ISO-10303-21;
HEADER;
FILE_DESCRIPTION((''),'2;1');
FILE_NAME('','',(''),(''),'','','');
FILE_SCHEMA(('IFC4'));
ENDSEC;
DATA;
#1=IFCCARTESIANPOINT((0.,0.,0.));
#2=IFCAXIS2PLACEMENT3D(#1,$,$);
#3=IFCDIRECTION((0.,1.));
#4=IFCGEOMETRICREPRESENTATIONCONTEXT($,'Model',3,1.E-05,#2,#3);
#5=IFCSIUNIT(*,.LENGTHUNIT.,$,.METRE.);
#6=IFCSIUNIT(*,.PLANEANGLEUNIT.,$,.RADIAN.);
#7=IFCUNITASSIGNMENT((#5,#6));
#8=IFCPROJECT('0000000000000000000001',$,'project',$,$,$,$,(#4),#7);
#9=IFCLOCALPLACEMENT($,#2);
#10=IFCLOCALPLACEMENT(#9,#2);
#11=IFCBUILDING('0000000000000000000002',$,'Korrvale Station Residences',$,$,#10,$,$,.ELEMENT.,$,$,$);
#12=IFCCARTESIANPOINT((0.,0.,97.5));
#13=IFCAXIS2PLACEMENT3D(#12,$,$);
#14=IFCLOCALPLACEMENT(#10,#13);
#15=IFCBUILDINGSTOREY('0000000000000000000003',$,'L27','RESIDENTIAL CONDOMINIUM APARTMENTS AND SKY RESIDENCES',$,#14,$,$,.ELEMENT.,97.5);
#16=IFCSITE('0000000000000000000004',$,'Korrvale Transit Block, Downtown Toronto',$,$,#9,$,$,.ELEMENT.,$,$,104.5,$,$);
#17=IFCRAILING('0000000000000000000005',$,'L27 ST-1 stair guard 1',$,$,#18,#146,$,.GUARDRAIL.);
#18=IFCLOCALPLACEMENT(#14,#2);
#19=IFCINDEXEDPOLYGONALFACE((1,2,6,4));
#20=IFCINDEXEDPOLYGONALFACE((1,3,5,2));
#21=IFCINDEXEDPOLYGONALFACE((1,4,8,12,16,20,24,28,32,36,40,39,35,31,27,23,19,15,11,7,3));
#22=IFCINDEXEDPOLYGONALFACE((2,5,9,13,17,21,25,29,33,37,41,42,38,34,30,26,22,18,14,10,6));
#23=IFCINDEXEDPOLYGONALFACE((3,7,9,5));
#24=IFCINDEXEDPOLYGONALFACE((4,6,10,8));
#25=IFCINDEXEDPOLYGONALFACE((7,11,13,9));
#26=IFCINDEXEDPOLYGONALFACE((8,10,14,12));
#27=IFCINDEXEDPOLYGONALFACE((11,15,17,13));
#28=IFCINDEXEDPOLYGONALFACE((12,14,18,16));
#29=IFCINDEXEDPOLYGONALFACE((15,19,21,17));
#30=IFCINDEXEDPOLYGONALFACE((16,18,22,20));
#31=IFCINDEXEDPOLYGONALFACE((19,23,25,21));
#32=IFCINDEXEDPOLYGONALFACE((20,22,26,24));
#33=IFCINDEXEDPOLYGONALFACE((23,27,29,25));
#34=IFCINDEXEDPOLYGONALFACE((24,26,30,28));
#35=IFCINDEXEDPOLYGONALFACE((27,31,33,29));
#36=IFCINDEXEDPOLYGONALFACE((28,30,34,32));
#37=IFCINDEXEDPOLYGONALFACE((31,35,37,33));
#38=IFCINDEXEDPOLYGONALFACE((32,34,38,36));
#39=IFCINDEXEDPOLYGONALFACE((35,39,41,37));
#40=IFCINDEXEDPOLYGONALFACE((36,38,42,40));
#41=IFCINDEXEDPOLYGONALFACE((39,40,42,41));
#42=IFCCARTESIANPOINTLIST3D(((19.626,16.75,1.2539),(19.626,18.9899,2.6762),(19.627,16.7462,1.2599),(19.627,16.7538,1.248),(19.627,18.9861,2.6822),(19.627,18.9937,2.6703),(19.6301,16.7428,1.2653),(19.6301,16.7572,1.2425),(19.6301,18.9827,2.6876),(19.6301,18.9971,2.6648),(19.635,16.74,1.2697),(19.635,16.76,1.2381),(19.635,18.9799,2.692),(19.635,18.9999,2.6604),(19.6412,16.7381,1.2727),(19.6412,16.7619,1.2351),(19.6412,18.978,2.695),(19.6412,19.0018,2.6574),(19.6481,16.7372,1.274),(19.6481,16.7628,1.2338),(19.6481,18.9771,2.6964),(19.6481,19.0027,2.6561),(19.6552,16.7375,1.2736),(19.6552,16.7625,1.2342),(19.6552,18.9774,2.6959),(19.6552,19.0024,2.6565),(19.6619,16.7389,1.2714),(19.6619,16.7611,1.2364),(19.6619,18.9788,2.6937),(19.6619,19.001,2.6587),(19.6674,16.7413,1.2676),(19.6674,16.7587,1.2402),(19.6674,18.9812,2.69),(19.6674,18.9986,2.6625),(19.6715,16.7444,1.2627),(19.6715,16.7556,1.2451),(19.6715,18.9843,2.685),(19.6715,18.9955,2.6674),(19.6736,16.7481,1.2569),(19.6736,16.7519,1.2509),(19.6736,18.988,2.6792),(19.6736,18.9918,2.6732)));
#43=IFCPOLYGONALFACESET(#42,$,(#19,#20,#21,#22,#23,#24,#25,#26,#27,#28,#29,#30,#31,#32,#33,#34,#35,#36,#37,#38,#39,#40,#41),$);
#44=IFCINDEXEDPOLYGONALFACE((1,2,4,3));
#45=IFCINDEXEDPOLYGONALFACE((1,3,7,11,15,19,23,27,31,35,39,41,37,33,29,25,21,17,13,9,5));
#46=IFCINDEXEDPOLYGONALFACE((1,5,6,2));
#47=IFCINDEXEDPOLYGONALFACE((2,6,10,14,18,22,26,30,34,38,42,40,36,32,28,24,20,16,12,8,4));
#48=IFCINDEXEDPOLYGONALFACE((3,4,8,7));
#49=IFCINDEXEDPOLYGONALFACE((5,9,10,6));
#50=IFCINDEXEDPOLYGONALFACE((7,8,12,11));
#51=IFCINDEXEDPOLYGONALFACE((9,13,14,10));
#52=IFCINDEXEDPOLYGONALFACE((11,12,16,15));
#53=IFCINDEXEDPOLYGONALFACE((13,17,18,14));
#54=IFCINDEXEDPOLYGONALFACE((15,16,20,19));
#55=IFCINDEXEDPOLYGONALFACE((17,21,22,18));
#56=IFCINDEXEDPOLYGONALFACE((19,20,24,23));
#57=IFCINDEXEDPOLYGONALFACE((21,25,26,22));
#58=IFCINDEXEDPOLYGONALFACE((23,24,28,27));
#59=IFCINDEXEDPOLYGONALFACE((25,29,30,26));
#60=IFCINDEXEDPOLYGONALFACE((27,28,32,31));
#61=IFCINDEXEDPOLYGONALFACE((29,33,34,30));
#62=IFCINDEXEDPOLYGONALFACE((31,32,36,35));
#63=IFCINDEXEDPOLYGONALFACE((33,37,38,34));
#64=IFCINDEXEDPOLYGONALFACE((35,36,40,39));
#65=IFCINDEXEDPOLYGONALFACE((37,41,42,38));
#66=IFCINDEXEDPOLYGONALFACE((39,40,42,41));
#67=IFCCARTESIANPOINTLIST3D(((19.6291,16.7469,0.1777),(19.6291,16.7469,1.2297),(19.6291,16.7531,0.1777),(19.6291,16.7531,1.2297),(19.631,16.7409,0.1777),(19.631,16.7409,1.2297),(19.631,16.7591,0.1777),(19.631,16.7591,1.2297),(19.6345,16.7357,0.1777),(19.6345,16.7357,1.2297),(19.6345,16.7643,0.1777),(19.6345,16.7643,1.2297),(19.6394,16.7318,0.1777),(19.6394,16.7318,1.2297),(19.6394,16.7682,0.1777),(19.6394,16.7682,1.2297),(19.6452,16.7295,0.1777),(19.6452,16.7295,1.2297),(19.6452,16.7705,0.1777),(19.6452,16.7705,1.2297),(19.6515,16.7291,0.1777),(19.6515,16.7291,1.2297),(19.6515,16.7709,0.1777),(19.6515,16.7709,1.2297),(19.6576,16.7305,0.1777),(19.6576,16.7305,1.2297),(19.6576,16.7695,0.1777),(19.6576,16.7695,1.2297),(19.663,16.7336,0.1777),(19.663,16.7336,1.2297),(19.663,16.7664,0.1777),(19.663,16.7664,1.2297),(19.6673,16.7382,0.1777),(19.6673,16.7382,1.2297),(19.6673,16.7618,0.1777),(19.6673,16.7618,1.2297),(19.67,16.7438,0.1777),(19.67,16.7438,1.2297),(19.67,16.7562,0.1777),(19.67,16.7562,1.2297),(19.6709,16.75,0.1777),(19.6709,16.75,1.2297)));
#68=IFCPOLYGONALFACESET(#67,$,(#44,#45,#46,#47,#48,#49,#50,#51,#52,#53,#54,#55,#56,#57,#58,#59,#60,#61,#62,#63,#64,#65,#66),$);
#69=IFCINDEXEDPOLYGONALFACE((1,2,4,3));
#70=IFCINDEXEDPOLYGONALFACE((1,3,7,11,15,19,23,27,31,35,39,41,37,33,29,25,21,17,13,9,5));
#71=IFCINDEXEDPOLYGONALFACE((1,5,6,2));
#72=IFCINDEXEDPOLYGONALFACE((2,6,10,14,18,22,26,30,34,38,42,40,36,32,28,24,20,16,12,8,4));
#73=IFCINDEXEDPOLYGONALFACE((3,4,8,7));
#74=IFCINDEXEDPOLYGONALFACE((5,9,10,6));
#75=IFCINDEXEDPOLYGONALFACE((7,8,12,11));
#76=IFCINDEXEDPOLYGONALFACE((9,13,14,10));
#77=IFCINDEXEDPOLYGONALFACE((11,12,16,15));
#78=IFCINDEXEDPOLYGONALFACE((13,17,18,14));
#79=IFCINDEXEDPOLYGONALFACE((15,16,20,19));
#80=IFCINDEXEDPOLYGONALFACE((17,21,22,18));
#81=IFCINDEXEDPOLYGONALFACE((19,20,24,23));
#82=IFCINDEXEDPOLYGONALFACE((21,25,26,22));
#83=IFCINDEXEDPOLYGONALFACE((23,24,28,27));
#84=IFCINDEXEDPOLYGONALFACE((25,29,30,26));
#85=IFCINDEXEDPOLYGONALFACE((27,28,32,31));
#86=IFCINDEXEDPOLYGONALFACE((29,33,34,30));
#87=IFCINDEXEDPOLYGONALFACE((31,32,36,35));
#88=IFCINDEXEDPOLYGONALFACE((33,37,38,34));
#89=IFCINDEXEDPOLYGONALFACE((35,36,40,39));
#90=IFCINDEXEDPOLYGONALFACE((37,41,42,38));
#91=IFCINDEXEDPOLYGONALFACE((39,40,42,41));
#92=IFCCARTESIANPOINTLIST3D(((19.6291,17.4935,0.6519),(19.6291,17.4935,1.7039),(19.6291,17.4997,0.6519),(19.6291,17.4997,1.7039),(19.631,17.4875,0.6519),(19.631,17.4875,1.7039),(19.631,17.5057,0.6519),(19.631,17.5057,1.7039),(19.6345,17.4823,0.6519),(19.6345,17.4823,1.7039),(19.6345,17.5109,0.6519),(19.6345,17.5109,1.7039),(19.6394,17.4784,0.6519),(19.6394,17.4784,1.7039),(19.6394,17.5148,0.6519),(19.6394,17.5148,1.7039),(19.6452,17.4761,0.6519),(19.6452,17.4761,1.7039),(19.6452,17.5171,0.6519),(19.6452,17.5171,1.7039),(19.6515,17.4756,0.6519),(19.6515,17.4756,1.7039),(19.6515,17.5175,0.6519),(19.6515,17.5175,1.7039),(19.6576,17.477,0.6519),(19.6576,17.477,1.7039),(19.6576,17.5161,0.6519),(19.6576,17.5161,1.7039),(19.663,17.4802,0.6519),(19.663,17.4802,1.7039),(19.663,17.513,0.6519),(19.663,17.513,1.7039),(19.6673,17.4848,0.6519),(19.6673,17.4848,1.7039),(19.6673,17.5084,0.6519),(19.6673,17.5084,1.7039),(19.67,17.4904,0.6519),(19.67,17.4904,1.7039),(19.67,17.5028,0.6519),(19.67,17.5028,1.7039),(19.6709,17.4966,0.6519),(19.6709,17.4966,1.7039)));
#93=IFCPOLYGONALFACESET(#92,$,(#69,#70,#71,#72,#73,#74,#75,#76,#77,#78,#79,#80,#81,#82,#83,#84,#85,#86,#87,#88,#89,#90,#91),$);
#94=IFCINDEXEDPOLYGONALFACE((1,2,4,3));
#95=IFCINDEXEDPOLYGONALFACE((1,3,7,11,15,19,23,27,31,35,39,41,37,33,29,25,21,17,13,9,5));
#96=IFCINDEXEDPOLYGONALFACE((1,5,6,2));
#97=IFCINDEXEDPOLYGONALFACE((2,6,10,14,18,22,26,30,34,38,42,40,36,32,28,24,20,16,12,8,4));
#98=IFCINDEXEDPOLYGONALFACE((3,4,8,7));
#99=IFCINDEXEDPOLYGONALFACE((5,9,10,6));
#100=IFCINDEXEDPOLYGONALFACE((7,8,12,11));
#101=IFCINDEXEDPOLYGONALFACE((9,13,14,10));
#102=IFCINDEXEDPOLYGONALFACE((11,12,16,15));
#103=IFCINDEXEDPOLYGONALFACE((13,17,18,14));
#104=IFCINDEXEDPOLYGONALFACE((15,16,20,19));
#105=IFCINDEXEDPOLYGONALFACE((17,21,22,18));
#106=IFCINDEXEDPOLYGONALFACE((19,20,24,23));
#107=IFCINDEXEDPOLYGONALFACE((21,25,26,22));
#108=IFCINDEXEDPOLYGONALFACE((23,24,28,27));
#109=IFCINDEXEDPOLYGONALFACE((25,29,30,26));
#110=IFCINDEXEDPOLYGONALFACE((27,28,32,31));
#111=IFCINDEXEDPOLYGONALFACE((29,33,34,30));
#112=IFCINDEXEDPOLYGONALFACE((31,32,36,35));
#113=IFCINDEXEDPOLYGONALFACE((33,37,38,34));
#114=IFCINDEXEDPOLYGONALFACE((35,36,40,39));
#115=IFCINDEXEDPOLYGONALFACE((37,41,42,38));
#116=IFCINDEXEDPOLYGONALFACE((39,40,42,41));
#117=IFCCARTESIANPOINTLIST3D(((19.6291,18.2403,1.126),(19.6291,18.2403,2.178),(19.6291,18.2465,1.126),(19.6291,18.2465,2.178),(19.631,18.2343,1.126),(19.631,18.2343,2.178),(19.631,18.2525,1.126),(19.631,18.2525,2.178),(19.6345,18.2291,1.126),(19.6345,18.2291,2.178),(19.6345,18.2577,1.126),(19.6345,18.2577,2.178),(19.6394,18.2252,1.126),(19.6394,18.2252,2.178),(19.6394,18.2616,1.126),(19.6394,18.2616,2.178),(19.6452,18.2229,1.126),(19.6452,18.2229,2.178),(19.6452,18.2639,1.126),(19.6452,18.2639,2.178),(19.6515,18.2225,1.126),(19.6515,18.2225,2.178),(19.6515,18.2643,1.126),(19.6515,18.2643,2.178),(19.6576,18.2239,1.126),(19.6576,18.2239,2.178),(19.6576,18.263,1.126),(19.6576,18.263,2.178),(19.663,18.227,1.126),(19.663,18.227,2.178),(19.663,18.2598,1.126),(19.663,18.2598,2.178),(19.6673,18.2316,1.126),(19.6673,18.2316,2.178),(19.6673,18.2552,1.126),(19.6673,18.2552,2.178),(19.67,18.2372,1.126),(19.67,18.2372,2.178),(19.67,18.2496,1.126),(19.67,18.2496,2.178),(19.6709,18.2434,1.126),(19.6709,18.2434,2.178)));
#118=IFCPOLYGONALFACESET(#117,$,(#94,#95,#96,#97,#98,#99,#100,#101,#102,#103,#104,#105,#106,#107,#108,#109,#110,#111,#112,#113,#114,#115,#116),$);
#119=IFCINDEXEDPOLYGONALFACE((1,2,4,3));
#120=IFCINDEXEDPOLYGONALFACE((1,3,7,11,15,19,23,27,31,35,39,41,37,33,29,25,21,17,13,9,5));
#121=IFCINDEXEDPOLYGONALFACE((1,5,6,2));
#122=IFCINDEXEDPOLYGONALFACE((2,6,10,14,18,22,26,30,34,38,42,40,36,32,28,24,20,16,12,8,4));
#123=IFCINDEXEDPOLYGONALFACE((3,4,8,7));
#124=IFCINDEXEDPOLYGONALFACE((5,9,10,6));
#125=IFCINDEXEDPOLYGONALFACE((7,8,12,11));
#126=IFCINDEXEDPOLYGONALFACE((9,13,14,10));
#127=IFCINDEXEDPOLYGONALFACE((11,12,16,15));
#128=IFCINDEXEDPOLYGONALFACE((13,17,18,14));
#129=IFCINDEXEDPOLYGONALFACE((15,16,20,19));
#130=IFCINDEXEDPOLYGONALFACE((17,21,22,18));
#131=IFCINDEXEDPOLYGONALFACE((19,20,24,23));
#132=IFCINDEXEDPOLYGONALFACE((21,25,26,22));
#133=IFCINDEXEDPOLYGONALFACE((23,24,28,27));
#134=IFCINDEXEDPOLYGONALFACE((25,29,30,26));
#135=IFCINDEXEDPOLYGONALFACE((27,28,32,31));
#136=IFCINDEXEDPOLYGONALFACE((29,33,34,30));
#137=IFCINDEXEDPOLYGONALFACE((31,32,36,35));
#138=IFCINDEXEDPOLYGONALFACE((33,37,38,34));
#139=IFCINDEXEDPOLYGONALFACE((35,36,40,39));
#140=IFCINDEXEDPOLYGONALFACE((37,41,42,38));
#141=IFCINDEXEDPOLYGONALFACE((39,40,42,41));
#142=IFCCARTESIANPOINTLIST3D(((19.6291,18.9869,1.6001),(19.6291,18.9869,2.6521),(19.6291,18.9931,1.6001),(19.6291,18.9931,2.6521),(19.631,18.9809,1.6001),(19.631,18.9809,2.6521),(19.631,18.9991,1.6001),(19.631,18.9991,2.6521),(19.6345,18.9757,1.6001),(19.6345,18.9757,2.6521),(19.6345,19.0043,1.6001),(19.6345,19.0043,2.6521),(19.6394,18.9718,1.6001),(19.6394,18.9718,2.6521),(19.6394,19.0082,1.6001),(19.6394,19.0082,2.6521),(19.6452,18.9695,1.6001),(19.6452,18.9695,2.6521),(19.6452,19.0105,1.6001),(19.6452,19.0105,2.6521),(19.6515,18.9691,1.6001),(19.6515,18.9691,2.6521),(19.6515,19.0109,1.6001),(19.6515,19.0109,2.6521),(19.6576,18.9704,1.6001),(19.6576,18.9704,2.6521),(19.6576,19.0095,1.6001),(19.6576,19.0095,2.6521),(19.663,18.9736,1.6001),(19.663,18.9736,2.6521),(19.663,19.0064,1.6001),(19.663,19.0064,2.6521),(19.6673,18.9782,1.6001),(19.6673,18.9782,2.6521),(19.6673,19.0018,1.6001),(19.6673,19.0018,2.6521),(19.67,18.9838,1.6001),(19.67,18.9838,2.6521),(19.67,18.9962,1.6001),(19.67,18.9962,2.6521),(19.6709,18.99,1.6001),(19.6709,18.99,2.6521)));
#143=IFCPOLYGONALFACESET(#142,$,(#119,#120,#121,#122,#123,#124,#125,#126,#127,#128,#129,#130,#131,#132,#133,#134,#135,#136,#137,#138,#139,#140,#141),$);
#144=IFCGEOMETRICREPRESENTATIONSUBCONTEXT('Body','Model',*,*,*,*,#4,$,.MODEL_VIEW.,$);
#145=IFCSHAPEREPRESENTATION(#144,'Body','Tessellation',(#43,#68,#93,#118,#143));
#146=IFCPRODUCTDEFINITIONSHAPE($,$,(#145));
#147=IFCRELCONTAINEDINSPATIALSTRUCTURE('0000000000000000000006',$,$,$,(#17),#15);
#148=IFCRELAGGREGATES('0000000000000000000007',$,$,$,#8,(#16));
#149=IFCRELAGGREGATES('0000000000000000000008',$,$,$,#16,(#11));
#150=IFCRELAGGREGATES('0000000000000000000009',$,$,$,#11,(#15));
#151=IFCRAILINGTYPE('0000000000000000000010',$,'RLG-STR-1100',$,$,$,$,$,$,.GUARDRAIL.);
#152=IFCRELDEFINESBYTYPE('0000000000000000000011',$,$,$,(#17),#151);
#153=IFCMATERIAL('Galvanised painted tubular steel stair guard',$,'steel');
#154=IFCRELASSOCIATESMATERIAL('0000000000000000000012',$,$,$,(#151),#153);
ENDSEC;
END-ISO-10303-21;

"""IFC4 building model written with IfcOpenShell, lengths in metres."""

from ifc_helpers import new_model, si_unit, direction, frame, origin, origin_2d, place, context, subcontext, project, spatial, circle, extrude, material, type_object, element, save


model = new_model("IFC4")

# Units and contexts
model_context = context("Model", 3, precision=1e-05, world=origin(), true_north=direction((0.0, 1.0)))
body_context = subcontext(model_context, "Body", "Model", "MODEL_VIEW")
ifc_project = project(units=[si_unit("LENGTHUNIT", "METRE"), si_unit("PLANEANGLEUNIT", "RADIAN")], contexts=[model_context])

# Site, building, storey
site_placement = place(None, origin())
site = spatial("IfcSite", under=ifc_project, at=site_placement, Name="Korrvale Transit Block, Downtown Toronto", CompositionType="ELEMENT", RefElevation=104.5)
building_placement = place(site_placement, origin())
building = spatial("IfcBuilding", under=site, at=building_placement, Name="Korrvale Station Residences", CompositionType="ELEMENT")
storey_placement = place(building_placement, frame((0.0, 0.0, 97.5)))
storey = spatial("IfcBuildingStorey", under=building, at=storey_placement, Name="L27", Description="RESIDENTIAL CONDOMINIUM APARTMENTS AND SKY RESIDENCES", CompositionType="ELEMENT", Elevation=97.5)

# Railing
ifc_material_1 = material(Name="Galvanised painted tubular steel stair guard", Category="steel")
railing_type_1 = type_object("IfcRailingType", Name="RLG-STR-1100", PredefinedType="GUARDRAIL", material=ifc_material_1)
railing_1_placement = place(storey_placement, frame((19.6499, 16.75, 0.1777)))
element("IfcRailing", 1, at=railing_1_placement, inside=storey, type_object=railing_type_1, Name="L27 ST-1 stair guard 1", PredefinedType="GUARDRAIL", context=body_context, shape_type="SweptSolid", body=[
    extrude(circle(Radius=0.0239, at=origin_2d()), frame((0.0, 0.0, 1.0762), z_axis=(0.0, 0.844188, 0.536048), x_axis=(-1.0, 0.0, 0.0)), (0.0, 0.0, 1.0), 2.6533),
    extrude(circle(Radius=0.021, at=origin_2d()), origin(), (0.0, 0.0, 1.0), 1.052),
    extrude(circle(Radius=0.021, at=origin_2d()), frame((0.0, 0.7466, 0.4741)), (0.0, 0.0, 1.0), 1.052),
    extrude(circle(Radius=0.021, at=origin_2d()), frame((0.0, 1.4934, 0.9482)), (0.0, 0.0, 1.0), 1.052),
    extrude(circle(Radius=0.021, at=origin_2d()), frame((0.0, 2.24, 1.4224)), (0.0, 0.0, 1.0), 1.052),
])

save(model, "model.ifc")
